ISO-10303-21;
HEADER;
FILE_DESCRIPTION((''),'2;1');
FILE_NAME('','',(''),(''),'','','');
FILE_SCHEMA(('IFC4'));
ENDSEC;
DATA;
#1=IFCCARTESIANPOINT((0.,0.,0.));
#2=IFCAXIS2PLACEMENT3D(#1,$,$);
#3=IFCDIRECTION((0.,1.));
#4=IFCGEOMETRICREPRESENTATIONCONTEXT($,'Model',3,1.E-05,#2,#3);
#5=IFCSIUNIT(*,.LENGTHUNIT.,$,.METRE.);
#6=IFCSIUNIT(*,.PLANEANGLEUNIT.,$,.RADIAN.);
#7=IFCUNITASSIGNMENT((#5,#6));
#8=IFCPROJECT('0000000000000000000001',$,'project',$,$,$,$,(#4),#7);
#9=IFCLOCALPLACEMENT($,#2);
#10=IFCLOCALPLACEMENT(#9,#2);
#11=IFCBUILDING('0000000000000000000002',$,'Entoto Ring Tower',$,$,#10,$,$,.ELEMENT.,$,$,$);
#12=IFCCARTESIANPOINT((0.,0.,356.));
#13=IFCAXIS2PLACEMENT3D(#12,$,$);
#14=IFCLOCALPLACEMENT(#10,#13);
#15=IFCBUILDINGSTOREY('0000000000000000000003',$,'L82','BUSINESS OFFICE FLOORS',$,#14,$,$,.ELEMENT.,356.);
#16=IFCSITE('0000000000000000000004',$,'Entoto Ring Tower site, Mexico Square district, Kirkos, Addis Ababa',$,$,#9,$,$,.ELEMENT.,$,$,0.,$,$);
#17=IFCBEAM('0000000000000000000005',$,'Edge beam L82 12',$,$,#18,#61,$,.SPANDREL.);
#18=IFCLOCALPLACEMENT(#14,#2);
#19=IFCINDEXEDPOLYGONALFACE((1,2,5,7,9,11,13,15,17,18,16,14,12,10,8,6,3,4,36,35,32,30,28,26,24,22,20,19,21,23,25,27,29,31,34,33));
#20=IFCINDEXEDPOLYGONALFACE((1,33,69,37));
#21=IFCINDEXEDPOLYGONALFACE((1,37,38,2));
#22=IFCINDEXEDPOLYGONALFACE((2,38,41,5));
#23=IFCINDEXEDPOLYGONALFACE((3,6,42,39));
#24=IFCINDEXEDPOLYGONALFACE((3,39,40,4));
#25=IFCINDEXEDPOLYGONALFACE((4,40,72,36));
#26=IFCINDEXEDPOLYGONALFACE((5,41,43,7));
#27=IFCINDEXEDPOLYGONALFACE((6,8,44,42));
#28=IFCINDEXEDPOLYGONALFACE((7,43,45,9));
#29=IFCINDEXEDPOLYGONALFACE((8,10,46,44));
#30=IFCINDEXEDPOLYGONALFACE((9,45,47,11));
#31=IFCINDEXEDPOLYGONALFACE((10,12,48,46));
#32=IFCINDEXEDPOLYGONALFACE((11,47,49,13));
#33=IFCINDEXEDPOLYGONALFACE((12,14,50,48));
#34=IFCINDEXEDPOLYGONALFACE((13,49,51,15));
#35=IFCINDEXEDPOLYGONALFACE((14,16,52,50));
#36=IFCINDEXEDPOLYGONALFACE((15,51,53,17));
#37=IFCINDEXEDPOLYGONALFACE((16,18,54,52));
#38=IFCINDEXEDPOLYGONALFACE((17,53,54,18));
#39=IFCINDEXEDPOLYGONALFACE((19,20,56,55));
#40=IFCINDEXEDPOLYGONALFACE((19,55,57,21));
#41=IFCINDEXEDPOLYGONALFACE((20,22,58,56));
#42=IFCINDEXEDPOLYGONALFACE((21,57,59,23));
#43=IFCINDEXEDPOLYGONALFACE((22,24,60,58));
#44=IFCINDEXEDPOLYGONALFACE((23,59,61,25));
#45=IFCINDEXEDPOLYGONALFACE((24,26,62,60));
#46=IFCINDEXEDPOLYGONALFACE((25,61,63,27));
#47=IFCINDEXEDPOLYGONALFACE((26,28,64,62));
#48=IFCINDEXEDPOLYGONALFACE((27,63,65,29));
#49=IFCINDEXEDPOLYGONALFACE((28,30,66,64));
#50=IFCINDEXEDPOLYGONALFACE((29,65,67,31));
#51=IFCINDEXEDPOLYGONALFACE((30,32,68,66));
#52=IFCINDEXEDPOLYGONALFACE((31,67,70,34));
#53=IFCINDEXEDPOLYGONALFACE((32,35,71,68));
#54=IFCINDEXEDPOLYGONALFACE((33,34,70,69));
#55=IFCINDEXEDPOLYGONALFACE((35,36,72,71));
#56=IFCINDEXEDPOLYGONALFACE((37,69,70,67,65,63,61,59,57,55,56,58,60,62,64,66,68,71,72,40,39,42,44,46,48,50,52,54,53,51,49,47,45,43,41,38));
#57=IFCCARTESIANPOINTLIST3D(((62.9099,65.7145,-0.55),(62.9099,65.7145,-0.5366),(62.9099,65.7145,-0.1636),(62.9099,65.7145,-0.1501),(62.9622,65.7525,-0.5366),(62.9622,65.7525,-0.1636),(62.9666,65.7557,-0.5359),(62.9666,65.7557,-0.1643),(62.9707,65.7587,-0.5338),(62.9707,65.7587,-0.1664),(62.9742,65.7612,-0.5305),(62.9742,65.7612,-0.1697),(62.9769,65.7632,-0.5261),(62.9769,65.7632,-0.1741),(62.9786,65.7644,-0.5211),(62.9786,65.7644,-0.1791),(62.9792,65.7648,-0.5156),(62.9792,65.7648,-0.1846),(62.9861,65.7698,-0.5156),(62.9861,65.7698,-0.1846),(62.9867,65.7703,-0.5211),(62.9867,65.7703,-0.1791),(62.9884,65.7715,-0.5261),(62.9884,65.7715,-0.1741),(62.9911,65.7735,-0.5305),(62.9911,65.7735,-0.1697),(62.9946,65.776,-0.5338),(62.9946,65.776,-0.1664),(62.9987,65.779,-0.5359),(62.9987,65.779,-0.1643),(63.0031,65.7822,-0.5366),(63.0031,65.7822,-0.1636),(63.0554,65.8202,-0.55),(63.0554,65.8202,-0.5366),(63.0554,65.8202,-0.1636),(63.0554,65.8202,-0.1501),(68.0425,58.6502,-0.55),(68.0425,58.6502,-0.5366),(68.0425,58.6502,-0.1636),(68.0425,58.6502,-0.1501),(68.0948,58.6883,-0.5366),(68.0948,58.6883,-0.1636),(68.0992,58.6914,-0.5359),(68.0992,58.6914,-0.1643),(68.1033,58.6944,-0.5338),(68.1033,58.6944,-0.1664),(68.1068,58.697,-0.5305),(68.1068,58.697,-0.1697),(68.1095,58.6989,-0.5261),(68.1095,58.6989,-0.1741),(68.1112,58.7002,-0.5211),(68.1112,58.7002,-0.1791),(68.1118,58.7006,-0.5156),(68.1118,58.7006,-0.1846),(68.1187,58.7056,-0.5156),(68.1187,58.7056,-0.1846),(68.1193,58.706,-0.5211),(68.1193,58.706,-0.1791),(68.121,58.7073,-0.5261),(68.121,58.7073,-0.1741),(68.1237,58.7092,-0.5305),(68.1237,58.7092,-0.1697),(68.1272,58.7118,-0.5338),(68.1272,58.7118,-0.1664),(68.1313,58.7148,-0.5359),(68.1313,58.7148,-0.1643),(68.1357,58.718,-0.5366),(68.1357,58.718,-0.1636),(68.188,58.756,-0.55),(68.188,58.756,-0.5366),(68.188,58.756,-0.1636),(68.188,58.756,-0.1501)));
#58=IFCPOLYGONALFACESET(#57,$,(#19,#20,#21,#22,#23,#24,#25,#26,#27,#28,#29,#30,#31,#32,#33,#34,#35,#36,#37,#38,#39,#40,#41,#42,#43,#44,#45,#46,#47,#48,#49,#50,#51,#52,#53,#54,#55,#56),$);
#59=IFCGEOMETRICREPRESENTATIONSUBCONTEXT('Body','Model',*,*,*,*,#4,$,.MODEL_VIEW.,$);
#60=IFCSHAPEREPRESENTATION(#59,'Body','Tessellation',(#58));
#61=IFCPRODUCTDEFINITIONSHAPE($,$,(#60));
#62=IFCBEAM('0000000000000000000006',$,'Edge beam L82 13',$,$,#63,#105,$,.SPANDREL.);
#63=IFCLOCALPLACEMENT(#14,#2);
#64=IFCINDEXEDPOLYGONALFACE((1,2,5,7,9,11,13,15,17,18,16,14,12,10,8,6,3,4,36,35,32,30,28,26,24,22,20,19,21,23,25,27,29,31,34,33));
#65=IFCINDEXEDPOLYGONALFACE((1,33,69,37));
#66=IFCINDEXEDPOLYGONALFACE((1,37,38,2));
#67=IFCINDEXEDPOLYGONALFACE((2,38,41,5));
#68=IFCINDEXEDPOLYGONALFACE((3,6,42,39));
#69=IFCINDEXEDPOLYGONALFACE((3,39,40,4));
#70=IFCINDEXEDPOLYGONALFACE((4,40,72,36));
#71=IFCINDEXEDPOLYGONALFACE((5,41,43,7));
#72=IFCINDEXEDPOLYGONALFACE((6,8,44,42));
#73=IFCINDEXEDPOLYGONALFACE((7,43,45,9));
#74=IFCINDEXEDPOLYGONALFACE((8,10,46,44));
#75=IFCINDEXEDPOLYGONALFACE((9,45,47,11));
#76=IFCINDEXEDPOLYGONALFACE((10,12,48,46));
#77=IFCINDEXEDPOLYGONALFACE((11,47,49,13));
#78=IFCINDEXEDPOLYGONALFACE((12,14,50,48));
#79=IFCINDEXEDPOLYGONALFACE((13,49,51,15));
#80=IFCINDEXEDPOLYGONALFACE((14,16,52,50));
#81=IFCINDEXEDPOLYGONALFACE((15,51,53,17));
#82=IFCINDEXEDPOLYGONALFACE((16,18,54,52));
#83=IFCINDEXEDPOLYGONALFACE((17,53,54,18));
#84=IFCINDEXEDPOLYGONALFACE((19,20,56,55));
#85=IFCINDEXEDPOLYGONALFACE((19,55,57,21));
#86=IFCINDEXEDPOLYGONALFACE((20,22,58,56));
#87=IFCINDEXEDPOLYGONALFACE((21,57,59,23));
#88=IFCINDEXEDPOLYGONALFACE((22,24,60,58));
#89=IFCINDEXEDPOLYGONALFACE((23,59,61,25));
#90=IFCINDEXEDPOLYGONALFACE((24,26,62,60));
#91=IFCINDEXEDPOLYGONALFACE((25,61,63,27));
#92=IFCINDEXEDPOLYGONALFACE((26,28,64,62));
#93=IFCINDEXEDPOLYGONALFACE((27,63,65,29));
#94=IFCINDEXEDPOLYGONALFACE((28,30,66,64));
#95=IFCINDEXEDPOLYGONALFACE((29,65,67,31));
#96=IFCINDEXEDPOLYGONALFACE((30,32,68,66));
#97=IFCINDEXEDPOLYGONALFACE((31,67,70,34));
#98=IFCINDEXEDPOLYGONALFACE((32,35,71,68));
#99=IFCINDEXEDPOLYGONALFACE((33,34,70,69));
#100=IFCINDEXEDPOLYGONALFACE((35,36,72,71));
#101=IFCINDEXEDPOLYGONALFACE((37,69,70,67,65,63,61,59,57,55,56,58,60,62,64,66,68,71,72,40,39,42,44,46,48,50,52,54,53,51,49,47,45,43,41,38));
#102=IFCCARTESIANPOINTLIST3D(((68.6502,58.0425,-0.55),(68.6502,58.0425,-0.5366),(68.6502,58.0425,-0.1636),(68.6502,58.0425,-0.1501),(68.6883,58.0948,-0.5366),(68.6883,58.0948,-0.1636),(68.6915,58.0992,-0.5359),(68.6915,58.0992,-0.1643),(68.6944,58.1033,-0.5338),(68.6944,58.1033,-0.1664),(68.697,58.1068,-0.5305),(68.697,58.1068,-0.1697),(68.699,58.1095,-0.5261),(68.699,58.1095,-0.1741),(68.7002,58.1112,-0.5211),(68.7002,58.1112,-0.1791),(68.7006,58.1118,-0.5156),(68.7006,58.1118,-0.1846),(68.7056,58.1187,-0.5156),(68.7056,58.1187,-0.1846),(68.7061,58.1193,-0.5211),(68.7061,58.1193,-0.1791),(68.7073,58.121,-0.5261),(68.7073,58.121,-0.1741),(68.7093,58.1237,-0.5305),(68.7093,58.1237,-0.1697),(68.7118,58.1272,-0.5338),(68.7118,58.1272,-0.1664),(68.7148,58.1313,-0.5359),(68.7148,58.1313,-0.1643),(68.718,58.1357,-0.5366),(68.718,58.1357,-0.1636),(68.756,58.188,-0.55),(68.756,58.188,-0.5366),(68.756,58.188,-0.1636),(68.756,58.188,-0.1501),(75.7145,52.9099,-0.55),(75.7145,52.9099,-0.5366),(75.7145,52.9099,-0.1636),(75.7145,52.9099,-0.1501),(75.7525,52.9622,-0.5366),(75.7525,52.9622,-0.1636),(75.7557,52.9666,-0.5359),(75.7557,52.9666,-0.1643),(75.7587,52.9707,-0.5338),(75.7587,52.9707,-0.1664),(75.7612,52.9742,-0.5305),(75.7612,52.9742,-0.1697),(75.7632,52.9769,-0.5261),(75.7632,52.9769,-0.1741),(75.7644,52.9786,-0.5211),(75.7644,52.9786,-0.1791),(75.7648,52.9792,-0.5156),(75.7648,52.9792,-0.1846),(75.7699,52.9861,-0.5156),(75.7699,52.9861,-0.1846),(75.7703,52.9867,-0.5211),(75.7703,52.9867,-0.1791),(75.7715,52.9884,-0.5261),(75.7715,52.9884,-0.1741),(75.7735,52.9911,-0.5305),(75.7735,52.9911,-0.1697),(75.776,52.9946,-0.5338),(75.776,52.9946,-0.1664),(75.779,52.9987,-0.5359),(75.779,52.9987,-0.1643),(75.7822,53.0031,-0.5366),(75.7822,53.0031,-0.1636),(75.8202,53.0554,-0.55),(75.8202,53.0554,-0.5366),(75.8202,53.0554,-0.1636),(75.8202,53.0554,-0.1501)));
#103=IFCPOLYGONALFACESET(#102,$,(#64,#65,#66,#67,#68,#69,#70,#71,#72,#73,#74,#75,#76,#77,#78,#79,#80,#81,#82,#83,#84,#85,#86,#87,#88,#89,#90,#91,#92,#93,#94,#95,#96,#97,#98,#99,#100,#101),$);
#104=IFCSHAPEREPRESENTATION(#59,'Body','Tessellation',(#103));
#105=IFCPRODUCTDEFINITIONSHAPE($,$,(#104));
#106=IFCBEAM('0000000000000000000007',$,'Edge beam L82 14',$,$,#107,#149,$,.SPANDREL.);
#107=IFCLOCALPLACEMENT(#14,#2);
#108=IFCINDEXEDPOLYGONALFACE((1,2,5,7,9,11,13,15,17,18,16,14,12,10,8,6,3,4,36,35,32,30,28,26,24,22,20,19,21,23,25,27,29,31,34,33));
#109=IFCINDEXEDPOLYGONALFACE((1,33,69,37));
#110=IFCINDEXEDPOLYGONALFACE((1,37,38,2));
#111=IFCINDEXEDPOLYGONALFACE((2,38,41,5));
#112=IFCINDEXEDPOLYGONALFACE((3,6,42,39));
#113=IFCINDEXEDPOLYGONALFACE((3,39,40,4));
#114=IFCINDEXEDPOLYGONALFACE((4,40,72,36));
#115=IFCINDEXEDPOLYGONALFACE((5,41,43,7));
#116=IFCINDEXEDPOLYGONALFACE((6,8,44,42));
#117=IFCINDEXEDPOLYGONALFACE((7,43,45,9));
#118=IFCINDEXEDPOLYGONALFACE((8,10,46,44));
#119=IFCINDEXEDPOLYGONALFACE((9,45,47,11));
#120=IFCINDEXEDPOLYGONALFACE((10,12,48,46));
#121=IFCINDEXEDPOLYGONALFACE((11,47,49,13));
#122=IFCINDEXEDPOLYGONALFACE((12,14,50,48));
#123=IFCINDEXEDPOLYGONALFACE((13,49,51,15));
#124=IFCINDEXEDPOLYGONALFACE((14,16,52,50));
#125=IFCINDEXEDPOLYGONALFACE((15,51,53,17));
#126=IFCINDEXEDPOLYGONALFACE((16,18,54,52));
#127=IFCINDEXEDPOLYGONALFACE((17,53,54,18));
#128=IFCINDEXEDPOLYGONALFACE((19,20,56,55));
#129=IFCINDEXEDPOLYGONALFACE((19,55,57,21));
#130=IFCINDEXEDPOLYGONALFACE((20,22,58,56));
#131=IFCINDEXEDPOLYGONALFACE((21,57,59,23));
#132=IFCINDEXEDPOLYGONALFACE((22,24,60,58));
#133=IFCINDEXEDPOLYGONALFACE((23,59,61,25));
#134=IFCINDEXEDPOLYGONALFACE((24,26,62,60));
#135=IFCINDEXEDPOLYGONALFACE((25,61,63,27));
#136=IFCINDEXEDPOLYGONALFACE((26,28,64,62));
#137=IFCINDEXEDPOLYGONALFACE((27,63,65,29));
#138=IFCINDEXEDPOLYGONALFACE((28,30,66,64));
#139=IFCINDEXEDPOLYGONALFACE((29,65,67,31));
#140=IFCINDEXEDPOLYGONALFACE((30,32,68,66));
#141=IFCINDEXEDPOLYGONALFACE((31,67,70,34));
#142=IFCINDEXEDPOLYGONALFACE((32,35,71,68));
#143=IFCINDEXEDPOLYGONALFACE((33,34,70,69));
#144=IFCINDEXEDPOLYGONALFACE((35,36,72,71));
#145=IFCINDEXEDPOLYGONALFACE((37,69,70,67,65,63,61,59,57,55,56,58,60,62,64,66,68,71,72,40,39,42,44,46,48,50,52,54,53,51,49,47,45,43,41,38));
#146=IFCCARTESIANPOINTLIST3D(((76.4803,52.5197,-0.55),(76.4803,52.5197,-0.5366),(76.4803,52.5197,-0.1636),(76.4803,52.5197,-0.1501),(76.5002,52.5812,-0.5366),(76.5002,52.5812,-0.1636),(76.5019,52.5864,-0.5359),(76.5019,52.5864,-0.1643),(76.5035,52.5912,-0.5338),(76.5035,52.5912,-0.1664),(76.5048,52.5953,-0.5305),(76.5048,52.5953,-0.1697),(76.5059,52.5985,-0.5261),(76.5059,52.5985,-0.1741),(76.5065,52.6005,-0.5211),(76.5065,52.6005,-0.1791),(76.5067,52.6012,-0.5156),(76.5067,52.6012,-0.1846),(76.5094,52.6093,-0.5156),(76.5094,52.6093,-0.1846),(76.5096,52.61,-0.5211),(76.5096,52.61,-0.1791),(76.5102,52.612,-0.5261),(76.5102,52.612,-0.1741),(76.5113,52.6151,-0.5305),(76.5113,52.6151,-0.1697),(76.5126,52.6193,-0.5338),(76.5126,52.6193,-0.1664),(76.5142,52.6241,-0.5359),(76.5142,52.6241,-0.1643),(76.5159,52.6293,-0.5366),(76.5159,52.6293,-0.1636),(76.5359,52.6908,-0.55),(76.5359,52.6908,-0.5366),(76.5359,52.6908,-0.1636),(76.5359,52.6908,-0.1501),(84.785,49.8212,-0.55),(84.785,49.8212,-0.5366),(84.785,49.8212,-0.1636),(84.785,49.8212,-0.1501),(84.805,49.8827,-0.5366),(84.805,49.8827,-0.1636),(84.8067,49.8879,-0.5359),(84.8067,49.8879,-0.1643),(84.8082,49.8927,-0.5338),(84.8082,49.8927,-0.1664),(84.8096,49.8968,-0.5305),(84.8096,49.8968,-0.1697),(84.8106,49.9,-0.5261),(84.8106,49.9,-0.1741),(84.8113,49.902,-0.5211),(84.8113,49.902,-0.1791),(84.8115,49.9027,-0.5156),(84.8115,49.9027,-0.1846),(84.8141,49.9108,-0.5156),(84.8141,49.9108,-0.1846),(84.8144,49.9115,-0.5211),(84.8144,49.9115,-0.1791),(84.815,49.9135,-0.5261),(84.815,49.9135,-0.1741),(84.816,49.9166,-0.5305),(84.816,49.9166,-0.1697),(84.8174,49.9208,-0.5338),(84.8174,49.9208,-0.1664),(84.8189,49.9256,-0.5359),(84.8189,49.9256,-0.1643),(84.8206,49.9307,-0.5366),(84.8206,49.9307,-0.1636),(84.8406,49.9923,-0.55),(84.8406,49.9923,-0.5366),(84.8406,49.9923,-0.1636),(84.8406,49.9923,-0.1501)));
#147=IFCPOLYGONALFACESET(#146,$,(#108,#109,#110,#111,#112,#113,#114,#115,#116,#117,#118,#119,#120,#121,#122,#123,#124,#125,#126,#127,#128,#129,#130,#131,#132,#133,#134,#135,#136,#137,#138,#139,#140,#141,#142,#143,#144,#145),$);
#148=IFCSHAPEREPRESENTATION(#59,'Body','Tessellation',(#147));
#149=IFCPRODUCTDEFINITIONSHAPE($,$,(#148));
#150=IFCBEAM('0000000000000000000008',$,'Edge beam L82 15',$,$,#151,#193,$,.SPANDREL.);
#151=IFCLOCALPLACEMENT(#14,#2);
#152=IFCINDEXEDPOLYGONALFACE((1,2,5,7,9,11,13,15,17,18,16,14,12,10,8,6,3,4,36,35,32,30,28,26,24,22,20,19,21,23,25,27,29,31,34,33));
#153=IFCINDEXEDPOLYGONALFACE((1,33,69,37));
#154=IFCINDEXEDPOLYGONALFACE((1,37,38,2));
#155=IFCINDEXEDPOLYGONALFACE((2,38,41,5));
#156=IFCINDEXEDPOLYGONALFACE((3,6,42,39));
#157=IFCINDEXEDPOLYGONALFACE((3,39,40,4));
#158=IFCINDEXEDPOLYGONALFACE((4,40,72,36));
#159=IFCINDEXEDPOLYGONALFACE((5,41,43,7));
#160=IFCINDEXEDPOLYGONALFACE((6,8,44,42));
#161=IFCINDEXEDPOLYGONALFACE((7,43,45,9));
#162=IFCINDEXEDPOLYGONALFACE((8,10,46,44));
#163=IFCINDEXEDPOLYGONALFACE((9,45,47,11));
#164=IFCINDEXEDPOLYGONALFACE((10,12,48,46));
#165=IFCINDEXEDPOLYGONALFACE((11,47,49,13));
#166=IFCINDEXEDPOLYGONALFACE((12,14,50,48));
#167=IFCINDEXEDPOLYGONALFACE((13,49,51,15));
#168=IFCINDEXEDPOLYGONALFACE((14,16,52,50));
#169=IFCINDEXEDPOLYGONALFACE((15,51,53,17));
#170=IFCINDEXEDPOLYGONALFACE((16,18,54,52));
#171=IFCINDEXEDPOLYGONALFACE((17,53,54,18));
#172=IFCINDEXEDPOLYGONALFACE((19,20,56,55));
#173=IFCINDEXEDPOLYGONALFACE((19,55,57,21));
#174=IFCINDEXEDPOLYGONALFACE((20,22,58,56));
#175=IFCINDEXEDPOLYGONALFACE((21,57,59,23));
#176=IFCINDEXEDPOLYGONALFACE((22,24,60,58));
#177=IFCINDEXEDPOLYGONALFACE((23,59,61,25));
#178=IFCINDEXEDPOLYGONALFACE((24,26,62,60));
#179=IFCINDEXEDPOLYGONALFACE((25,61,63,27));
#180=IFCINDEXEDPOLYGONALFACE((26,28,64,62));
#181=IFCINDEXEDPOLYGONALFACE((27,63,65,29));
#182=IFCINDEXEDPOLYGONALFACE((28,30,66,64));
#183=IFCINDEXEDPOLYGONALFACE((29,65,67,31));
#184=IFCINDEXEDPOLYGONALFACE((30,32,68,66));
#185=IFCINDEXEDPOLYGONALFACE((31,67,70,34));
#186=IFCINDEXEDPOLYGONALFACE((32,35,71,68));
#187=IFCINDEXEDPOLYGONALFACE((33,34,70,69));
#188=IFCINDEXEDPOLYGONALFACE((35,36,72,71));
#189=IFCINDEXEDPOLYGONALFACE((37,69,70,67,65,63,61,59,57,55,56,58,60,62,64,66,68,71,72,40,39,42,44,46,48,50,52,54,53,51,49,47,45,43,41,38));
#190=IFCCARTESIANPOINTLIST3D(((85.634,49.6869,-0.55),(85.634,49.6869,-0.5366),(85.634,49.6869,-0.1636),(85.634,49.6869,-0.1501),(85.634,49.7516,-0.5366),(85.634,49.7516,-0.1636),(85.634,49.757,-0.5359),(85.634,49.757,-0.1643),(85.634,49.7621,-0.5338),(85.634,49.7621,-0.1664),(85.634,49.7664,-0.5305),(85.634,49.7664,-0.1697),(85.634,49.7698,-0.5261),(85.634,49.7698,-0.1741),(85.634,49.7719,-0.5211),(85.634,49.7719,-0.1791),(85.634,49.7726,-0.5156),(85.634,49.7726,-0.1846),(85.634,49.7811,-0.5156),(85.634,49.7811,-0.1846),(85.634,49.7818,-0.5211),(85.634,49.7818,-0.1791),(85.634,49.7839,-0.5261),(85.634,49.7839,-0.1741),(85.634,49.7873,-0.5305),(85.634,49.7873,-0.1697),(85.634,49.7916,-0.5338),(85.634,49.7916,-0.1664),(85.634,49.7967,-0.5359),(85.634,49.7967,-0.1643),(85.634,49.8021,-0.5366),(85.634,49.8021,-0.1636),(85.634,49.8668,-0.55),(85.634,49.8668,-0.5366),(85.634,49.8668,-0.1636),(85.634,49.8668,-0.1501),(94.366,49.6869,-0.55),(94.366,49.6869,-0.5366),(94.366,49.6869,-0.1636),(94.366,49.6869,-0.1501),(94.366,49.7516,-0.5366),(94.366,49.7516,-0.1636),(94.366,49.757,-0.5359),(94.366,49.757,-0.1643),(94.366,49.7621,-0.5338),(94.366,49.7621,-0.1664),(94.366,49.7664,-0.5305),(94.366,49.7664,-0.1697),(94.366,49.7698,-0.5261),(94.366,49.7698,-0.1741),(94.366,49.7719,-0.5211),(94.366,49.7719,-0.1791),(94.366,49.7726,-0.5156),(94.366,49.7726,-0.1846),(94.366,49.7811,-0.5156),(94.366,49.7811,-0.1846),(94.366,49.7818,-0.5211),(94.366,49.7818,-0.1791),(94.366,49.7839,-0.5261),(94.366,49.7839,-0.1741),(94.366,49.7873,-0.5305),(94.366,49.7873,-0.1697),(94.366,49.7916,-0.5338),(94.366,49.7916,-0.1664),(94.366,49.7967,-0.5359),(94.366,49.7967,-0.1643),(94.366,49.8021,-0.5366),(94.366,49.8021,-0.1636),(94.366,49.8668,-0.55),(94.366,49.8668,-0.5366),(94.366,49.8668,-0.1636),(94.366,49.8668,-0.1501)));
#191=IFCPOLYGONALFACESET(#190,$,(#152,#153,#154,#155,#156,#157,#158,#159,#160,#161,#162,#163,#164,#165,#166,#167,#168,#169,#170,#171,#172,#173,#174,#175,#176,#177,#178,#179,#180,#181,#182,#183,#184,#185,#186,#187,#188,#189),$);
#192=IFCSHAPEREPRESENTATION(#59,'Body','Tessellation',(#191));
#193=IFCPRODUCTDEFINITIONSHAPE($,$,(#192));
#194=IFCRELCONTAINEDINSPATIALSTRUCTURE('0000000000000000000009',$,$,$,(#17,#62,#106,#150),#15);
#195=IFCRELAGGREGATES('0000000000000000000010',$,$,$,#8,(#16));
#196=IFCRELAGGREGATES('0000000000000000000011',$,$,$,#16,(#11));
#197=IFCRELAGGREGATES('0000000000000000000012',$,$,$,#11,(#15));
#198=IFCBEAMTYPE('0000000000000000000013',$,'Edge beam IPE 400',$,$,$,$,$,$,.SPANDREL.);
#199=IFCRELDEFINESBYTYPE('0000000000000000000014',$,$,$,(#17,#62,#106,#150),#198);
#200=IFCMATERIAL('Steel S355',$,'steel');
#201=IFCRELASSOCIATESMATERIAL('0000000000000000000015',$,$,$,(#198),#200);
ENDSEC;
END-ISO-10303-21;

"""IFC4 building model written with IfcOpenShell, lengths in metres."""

from ifc_helpers import new_model, si_unit, direction, frame, origin, origin_2d, place, context, subcontext, project, spatial, i_section, extrude, material, material_profile, profile_set, type_object, element, save


model = new_model("IFC4")

# Units and contexts
model_context = context("Model", 3, precision=1e-05, world=origin(), true_north=direction((0.0, 1.0)))
body_context = subcontext(model_context, "Body", "Model", "MODEL_VIEW")
ifc_project = project(units=[si_unit("LENGTHUNIT", "METRE"), si_unit("PLANEANGLEUNIT", "RADIAN")], contexts=[model_context])

# Site, building, storey
site_placement = place(None, origin())
site = spatial("IfcSite", under=ifc_project, at=site_placement, Name="Entoto Ring Tower site, Mexico Square district, Kirkos, Addis Ababa", CompositionType="ELEMENT", RefElevation=0.0)
building_placement = place(site_placement, origin())
building = spatial("IfcBuilding", under=site, at=building_placement, Name="Entoto Ring Tower", CompositionType="ELEMENT")
storey_placement = place(building_placement, frame((0.0, 0.0, 356.0)))
storey = spatial("IfcBuildingStorey", under=building, at=storey_placement, Name="L82", Description="BUSINESS OFFICE FLOORS", CompositionType="ELEMENT", Elevation=356.0)

# Beams
ifc_material_1 = material(Name="Steel S355", Category="steel")
ifc_material_profile_1 = material_profile(ifc_material_1, i_section(OverallWidth=0.1799, OverallDepth=0.3999, WebThickness=0.0085, FlangeThickness=0.0134, FilletRadius=0.021, at=origin_2d()), Name="IPE 400")
ifc_profile_set_1 = profile_set([ifc_material_profile_1], Name="Steel S355")
beam_type_1 = type_object("IfcBeamType", Name="Edge beam IPE 400", PredefinedType="SPANDREL", material=ifc_profile_set_1)
for number, where, z_axis, x_axis, name in (
    (1, (62.9827, 65.7673, -0.3501), (0.587794, -0.80901, 0.0), (0.80901, 0.587794, 0.0), "Edge beam L82 12"),
    (2, (68.7031, 58.1152, -0.3501), (0.80901, -0.587794, 0.0), (0.587794, 0.80901, 0.0), "Edge beam L82 13"),
):
    element("IfcBeam", number, at=place(storey_placement, frame(where, z_axis=z_axis, x_axis=x_axis)), inside=storey, type_object=beam_type_1, Name=name, PredefinedType="SPANDREL", context=body_context, shape_type="SweptSolid", body=[
        extrude(i_section(OverallWidth=0.1799, OverallDepth=0.3999, WebThickness=0.0085, FlangeThickness=0.0134, FilletRadius=0.021, at=origin_2d()), origin(), (0.0, 0.0, 1.0), 8.7319),
    ])
beam_1_placement = place(storey_placement, frame((76.5081, 52.6052, -0.3501), z_axis=(0.951052, -0.30903, 0.0), x_axis=(0.30903, 0.951052, 0.0)))
element("IfcBeam", 3, at=beam_1_placement, inside=storey, type_object=beam_type_1, Name="Edge beam L82 14", PredefinedType="SPANDREL", context=body_context, shape_type="SweptSolid", body=[
    extrude(i_section(OverallWidth=0.1799, OverallDepth=0.3999, WebThickness=0.0085, FlangeThickness=0.0134, FilletRadius=0.021, at=origin_2d()), origin(), (0.0, 0.0, 1.0), 8.7322),
])
beam_2_placement = place(storey_placement, frame((85.634, 49.7769, -0.3501), z_axis=(1.0, 0.0, 0.0), x_axis=(0.0, 1.0, 0.0)))
element("IfcBeam", 4, at=beam_2_placement, inside=storey, type_object=beam_type_1, Name="Edge beam L82 15", PredefinedType="SPANDREL", context=body_context, shape_type="SweptSolid", body=[
    extrude(i_section(OverallWidth=0.1799, OverallDepth=0.3999, WebThickness=0.0085, FlangeThickness=0.0134, FilletRadius=0.021, at=origin_2d()), origin(), (0.0, 0.0, 1.0), 8.7319),
])

save(model, "model.ifc")
